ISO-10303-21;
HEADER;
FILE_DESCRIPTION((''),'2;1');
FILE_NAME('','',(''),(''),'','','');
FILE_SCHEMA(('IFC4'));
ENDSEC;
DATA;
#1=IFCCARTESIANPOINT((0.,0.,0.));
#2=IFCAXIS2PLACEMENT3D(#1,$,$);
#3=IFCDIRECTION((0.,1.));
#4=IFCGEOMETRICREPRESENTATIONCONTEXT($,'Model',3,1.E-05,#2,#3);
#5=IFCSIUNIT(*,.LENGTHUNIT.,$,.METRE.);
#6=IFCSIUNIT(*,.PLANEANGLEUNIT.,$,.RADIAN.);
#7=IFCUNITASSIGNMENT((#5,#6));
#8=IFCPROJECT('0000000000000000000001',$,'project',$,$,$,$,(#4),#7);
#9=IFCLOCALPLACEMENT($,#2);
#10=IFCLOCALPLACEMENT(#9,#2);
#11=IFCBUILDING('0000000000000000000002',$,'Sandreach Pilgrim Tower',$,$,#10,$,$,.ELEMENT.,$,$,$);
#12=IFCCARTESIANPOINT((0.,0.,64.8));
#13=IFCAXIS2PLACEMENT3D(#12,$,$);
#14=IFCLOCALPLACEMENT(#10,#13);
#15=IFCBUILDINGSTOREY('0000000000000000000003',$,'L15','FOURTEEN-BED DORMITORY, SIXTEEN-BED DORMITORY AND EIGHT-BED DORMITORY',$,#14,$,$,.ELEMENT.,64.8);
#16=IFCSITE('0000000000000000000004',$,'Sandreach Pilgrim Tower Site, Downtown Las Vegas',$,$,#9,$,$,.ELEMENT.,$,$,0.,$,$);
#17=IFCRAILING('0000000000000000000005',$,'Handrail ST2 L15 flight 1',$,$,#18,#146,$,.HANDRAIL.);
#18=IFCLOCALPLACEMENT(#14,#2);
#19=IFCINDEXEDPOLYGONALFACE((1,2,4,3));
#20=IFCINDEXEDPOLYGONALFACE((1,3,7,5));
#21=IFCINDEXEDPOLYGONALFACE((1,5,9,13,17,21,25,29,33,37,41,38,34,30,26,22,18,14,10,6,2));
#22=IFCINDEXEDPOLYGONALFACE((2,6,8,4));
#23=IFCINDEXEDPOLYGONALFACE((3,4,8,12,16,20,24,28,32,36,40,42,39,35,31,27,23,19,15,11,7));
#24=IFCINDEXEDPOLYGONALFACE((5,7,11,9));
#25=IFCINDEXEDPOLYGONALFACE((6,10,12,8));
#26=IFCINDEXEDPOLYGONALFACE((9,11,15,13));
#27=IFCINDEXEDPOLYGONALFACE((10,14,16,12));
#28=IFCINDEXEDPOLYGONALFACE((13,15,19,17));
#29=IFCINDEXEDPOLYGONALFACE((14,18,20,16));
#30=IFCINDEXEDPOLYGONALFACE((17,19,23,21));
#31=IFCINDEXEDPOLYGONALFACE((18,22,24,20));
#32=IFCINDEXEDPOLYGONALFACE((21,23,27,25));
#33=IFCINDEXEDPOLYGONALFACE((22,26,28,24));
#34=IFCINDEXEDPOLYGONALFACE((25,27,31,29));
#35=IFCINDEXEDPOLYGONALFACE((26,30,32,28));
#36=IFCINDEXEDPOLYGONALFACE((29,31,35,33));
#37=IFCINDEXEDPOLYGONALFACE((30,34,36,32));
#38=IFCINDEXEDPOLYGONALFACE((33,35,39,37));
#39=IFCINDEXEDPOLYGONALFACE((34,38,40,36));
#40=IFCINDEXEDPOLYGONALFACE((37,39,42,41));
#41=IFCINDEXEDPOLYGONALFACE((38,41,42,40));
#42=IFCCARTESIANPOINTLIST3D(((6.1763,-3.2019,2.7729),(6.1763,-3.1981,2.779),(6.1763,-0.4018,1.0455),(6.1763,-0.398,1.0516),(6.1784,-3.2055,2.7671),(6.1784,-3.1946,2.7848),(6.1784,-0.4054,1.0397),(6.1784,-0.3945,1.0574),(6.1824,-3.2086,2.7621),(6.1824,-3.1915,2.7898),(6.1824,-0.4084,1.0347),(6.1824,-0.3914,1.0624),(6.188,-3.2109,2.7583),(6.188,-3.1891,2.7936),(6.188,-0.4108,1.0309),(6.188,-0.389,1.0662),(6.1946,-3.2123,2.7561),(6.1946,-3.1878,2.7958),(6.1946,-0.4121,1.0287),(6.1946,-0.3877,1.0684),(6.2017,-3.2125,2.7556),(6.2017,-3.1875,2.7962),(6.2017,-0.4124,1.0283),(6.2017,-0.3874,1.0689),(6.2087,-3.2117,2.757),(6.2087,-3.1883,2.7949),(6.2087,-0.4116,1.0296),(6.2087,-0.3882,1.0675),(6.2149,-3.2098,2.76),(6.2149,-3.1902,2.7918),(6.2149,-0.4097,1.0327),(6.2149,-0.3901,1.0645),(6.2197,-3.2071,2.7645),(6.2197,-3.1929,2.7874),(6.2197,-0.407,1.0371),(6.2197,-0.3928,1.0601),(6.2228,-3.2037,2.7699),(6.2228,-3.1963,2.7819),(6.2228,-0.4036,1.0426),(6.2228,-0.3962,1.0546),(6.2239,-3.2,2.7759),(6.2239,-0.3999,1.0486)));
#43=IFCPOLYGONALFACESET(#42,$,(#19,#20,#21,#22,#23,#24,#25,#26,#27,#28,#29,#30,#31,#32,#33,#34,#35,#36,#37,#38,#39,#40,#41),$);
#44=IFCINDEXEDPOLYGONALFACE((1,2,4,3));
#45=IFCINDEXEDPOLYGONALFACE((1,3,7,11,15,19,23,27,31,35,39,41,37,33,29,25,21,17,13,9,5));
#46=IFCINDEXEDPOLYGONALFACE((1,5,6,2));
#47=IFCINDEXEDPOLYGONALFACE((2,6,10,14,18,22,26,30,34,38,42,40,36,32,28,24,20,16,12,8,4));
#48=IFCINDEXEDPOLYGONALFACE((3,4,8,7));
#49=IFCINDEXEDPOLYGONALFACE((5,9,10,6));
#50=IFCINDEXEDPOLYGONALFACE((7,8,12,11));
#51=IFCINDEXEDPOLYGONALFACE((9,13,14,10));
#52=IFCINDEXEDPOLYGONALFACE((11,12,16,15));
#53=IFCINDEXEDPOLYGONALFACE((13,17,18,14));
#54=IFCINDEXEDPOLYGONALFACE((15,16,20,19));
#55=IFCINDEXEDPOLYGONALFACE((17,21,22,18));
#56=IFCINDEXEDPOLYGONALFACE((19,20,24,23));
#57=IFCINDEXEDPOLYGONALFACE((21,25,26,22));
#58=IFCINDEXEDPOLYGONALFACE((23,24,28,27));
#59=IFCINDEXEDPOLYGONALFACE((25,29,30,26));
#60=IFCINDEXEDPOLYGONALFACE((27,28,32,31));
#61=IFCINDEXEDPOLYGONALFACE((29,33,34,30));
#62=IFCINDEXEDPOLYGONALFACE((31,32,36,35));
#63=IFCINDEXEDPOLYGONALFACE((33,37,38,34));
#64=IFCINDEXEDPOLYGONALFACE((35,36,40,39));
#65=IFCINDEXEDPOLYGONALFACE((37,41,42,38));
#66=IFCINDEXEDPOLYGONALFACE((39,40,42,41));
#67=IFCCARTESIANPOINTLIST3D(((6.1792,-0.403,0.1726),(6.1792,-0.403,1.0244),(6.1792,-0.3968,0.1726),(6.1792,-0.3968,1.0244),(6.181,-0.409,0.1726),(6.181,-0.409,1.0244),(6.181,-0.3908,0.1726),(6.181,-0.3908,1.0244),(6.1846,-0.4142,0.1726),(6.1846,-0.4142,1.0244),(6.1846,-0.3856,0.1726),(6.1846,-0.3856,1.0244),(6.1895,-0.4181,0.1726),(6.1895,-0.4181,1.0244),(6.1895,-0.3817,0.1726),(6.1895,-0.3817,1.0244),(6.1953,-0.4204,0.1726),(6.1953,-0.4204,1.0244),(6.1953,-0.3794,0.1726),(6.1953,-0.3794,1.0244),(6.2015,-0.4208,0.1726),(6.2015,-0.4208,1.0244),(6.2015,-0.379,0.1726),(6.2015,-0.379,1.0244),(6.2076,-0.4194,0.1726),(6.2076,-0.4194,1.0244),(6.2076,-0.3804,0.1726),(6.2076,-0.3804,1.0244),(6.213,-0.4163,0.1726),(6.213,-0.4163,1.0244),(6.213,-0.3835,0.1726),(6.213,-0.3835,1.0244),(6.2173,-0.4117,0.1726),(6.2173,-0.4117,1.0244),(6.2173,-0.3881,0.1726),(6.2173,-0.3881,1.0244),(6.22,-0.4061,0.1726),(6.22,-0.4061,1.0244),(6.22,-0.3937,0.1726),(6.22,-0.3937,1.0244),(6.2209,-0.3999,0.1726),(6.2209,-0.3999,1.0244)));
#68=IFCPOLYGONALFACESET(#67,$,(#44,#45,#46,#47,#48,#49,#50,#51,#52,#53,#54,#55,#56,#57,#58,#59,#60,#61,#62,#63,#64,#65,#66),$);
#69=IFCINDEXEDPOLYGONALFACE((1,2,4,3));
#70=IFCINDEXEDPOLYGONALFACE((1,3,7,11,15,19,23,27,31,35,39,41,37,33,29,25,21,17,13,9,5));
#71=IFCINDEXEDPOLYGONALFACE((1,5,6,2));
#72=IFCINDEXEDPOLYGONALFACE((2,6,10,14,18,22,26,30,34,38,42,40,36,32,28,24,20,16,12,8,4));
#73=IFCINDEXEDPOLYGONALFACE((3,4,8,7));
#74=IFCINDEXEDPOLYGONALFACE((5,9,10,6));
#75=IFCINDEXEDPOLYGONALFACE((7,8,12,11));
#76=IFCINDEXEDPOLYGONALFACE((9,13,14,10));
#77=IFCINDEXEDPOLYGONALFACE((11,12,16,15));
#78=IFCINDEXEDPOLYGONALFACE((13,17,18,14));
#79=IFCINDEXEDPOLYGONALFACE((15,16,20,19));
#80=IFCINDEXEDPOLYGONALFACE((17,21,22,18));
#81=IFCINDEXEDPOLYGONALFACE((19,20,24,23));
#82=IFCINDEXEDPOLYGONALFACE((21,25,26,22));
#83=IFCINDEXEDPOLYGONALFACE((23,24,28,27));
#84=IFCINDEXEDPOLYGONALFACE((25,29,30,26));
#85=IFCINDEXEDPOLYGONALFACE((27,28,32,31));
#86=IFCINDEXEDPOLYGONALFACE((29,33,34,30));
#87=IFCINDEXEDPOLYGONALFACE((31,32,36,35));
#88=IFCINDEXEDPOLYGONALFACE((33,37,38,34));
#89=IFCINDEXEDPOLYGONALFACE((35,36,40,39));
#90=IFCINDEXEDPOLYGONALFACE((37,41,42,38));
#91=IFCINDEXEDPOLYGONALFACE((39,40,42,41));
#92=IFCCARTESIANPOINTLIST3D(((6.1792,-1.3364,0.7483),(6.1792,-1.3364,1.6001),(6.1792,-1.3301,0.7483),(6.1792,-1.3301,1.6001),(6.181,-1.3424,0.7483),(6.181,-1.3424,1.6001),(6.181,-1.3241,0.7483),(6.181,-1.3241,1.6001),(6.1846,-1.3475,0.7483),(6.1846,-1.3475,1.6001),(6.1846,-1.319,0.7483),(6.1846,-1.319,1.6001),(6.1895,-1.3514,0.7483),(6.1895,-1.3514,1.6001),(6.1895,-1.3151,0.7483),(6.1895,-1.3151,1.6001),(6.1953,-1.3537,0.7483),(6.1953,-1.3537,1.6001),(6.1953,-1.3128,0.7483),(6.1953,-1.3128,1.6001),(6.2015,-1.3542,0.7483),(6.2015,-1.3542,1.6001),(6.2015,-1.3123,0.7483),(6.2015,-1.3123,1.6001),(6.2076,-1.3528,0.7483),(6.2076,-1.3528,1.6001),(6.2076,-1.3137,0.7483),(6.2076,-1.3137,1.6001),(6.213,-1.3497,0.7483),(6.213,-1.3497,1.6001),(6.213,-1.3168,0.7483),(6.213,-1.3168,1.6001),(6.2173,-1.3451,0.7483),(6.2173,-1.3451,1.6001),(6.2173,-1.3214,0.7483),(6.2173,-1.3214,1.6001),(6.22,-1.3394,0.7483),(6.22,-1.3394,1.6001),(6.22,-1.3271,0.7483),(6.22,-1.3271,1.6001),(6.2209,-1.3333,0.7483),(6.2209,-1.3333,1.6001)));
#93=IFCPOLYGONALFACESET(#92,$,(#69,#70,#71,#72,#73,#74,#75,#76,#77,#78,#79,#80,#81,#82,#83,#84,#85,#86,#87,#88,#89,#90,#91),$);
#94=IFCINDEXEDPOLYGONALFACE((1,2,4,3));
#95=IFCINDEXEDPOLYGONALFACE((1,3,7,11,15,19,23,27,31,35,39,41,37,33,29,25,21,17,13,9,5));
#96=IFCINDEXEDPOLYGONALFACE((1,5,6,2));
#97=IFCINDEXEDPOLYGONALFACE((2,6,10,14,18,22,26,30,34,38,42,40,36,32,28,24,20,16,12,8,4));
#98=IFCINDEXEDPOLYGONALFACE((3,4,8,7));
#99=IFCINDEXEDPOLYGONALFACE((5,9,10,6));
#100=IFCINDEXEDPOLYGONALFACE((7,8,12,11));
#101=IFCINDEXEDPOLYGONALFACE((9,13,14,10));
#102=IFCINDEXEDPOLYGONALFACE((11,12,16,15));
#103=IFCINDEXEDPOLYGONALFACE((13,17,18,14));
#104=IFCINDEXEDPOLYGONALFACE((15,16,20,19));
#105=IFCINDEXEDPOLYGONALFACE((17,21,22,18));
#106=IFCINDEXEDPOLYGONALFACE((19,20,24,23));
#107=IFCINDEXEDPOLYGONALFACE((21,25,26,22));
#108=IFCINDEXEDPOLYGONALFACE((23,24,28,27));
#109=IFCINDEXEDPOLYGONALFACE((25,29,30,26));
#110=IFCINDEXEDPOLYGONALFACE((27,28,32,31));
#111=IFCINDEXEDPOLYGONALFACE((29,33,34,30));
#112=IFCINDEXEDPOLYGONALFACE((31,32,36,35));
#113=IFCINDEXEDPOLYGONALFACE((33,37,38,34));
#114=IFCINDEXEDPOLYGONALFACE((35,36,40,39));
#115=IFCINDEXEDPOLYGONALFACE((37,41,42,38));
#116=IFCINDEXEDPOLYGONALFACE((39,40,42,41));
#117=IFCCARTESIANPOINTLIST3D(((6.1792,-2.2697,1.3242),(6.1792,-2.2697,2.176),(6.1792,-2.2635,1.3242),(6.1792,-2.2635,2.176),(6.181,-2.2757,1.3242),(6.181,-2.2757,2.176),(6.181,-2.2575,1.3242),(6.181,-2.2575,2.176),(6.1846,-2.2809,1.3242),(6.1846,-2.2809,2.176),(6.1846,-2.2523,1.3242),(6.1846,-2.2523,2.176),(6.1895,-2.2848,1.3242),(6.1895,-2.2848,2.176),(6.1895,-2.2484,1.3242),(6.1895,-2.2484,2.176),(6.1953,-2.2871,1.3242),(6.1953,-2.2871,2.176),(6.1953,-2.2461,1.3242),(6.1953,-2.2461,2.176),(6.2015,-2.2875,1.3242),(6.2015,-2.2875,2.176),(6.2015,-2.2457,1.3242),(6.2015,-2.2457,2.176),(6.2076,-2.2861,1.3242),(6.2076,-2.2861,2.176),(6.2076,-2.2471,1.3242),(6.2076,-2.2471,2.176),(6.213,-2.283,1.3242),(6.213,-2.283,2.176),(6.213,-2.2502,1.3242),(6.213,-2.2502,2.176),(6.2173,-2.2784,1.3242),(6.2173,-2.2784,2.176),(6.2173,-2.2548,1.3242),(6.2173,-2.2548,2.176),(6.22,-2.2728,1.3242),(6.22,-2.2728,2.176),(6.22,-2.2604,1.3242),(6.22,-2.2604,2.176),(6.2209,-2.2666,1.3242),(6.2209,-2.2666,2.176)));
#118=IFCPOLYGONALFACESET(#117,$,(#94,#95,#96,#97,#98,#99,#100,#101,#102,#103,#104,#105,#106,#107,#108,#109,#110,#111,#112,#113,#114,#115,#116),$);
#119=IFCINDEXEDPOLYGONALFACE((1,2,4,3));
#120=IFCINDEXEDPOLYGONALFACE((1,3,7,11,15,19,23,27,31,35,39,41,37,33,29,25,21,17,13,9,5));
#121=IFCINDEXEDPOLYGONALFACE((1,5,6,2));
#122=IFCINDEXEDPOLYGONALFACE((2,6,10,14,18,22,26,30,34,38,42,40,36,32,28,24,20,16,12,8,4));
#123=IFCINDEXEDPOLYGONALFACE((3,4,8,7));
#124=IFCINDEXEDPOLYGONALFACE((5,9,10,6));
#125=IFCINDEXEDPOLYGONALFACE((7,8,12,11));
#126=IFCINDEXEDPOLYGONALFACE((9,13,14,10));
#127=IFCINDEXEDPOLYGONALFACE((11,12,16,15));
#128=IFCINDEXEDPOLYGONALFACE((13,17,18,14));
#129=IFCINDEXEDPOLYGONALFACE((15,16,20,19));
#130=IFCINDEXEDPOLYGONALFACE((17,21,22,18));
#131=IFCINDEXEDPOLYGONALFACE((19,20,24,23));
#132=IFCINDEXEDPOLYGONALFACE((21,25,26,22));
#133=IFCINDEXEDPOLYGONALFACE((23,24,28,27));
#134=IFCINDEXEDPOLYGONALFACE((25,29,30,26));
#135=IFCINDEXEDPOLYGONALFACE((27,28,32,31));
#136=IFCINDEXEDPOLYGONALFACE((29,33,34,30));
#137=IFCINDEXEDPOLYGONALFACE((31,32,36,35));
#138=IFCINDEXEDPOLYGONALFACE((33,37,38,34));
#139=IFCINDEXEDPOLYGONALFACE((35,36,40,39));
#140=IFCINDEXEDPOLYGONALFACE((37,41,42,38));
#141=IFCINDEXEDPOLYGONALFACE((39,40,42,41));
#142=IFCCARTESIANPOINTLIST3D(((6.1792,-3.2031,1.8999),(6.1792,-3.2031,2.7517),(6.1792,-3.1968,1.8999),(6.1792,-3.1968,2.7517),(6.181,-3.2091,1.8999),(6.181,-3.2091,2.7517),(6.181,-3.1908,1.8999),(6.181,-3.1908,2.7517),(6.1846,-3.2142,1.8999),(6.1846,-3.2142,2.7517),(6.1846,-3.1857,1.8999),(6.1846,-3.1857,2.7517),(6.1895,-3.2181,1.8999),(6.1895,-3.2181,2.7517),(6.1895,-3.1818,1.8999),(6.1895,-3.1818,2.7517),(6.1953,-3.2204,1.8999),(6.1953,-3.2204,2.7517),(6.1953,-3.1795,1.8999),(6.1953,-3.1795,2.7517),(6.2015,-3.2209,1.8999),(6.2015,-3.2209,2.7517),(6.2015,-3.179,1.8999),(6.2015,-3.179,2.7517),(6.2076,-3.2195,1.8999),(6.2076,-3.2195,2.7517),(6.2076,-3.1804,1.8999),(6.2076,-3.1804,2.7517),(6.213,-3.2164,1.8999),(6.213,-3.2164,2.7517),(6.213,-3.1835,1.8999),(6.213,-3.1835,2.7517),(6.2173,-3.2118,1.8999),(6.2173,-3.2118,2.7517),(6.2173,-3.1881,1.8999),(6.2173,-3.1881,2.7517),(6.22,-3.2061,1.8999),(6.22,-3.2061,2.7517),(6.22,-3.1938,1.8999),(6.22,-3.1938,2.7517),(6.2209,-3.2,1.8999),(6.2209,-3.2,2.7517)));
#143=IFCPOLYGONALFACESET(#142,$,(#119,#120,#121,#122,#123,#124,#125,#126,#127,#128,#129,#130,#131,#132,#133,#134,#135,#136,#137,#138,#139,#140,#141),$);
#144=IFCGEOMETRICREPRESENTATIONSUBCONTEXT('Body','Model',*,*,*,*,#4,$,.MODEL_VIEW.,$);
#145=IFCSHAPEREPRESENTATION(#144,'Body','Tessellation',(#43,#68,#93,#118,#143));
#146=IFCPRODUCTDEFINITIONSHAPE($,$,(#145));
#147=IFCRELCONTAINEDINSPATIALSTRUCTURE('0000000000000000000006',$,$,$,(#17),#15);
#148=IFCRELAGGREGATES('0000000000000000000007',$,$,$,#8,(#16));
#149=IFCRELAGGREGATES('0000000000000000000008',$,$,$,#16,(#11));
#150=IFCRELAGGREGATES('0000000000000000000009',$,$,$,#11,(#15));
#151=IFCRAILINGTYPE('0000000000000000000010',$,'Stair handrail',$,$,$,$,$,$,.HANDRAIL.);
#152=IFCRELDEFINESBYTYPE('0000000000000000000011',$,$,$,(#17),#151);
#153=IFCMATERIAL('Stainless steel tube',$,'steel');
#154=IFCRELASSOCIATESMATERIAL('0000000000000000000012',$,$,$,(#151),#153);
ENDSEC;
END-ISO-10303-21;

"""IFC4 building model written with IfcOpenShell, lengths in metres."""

from ifc_helpers import new_model, si_unit, direction, frame, origin, origin_2d, place, context, subcontext, project, spatial, circle, extrude, material, type_object, element, save


model = new_model("IFC4")

# Units and contexts
model_context = context("Model", 3, precision=1e-05, world=origin(), true_north=direction((0.0, 1.0)))
body_context = subcontext(model_context, "Body", "Model", "MODEL_VIEW")
ifc_project = project(units=[si_unit("LENGTHUNIT", "METRE"), si_unit("PLANEANGLEUNIT", "RADIAN")], contexts=[model_context])

# Site, building, storey
site_placement = place(None, origin())
site = spatial("IfcSite", under=ifc_project, at=site_placement, Name="Sandreach Pilgrim Tower Site, Downtown Las Vegas", CompositionType="ELEMENT", RefElevation=0.0)
building_placement = place(site_placement, origin())
building = spatial("IfcBuilding", under=site, at=building_placement, Name="Sandreach Pilgrim Tower", CompositionType="ELEMENT")
storey_placement = place(building_placement, frame((0.0, 0.0, 64.8)))
storey = spatial("IfcBuildingStorey", under=building, at=storey_placement, Name="L15", Description="FOURTEEN-BED DORMITORY, SIXTEEN-BED DORMITORY AND EIGHT-BED DORMITORY", CompositionType="ELEMENT", Elevation=64.8)

# Railing
ifc_material_1 = material(Name="Stainless steel tube", Category="steel")
railing_type = type_object("IfcRailingType", Name="Stair handrail", PredefinedType="HANDRAIL", material=ifc_material_1)
railing_placement = place(storey_placement, frame((6.2, -0.3999, 0.1726)))
element("IfcRailing", 1, at=railing_placement, inside=storey, type_object=railing_type, Name="Handrail ST2 L15 flight 1", PredefinedType="HANDRAIL", context=body_context, shape_type="SweptSolid", body=[
    extrude(circle(Radius=0.0239, at=origin_2d()), frame((0.0, 0.0, 0.876), z_axis=(0.0, -0.85109, 0.52502), x_axis=(1.0, 0.0, 0.0)), (0.0, 0.0, 1.0), 3.29),
    extrude(circle(Radius=0.021, at=origin_2d()), origin(), (0.0, 0.0, 1.0), 0.8518),
    extrude(circle(Radius=0.021, at=origin_2d()), frame((0.0, -0.9333, 0.5757)), (0.0, 0.0, 1.0), 0.8518),
    extrude(circle(Radius=0.021, at=origin_2d()), frame((0.0, -1.8667, 1.1516)), (0.0, 0.0, 1.0), 0.8518),
    extrude(circle(Radius=0.021, at=origin_2d()), frame((0.0, -2.8, 1.7273)), (0.0, 0.0, 1.0), 0.8518),
])

save(model, "model.ifc")
